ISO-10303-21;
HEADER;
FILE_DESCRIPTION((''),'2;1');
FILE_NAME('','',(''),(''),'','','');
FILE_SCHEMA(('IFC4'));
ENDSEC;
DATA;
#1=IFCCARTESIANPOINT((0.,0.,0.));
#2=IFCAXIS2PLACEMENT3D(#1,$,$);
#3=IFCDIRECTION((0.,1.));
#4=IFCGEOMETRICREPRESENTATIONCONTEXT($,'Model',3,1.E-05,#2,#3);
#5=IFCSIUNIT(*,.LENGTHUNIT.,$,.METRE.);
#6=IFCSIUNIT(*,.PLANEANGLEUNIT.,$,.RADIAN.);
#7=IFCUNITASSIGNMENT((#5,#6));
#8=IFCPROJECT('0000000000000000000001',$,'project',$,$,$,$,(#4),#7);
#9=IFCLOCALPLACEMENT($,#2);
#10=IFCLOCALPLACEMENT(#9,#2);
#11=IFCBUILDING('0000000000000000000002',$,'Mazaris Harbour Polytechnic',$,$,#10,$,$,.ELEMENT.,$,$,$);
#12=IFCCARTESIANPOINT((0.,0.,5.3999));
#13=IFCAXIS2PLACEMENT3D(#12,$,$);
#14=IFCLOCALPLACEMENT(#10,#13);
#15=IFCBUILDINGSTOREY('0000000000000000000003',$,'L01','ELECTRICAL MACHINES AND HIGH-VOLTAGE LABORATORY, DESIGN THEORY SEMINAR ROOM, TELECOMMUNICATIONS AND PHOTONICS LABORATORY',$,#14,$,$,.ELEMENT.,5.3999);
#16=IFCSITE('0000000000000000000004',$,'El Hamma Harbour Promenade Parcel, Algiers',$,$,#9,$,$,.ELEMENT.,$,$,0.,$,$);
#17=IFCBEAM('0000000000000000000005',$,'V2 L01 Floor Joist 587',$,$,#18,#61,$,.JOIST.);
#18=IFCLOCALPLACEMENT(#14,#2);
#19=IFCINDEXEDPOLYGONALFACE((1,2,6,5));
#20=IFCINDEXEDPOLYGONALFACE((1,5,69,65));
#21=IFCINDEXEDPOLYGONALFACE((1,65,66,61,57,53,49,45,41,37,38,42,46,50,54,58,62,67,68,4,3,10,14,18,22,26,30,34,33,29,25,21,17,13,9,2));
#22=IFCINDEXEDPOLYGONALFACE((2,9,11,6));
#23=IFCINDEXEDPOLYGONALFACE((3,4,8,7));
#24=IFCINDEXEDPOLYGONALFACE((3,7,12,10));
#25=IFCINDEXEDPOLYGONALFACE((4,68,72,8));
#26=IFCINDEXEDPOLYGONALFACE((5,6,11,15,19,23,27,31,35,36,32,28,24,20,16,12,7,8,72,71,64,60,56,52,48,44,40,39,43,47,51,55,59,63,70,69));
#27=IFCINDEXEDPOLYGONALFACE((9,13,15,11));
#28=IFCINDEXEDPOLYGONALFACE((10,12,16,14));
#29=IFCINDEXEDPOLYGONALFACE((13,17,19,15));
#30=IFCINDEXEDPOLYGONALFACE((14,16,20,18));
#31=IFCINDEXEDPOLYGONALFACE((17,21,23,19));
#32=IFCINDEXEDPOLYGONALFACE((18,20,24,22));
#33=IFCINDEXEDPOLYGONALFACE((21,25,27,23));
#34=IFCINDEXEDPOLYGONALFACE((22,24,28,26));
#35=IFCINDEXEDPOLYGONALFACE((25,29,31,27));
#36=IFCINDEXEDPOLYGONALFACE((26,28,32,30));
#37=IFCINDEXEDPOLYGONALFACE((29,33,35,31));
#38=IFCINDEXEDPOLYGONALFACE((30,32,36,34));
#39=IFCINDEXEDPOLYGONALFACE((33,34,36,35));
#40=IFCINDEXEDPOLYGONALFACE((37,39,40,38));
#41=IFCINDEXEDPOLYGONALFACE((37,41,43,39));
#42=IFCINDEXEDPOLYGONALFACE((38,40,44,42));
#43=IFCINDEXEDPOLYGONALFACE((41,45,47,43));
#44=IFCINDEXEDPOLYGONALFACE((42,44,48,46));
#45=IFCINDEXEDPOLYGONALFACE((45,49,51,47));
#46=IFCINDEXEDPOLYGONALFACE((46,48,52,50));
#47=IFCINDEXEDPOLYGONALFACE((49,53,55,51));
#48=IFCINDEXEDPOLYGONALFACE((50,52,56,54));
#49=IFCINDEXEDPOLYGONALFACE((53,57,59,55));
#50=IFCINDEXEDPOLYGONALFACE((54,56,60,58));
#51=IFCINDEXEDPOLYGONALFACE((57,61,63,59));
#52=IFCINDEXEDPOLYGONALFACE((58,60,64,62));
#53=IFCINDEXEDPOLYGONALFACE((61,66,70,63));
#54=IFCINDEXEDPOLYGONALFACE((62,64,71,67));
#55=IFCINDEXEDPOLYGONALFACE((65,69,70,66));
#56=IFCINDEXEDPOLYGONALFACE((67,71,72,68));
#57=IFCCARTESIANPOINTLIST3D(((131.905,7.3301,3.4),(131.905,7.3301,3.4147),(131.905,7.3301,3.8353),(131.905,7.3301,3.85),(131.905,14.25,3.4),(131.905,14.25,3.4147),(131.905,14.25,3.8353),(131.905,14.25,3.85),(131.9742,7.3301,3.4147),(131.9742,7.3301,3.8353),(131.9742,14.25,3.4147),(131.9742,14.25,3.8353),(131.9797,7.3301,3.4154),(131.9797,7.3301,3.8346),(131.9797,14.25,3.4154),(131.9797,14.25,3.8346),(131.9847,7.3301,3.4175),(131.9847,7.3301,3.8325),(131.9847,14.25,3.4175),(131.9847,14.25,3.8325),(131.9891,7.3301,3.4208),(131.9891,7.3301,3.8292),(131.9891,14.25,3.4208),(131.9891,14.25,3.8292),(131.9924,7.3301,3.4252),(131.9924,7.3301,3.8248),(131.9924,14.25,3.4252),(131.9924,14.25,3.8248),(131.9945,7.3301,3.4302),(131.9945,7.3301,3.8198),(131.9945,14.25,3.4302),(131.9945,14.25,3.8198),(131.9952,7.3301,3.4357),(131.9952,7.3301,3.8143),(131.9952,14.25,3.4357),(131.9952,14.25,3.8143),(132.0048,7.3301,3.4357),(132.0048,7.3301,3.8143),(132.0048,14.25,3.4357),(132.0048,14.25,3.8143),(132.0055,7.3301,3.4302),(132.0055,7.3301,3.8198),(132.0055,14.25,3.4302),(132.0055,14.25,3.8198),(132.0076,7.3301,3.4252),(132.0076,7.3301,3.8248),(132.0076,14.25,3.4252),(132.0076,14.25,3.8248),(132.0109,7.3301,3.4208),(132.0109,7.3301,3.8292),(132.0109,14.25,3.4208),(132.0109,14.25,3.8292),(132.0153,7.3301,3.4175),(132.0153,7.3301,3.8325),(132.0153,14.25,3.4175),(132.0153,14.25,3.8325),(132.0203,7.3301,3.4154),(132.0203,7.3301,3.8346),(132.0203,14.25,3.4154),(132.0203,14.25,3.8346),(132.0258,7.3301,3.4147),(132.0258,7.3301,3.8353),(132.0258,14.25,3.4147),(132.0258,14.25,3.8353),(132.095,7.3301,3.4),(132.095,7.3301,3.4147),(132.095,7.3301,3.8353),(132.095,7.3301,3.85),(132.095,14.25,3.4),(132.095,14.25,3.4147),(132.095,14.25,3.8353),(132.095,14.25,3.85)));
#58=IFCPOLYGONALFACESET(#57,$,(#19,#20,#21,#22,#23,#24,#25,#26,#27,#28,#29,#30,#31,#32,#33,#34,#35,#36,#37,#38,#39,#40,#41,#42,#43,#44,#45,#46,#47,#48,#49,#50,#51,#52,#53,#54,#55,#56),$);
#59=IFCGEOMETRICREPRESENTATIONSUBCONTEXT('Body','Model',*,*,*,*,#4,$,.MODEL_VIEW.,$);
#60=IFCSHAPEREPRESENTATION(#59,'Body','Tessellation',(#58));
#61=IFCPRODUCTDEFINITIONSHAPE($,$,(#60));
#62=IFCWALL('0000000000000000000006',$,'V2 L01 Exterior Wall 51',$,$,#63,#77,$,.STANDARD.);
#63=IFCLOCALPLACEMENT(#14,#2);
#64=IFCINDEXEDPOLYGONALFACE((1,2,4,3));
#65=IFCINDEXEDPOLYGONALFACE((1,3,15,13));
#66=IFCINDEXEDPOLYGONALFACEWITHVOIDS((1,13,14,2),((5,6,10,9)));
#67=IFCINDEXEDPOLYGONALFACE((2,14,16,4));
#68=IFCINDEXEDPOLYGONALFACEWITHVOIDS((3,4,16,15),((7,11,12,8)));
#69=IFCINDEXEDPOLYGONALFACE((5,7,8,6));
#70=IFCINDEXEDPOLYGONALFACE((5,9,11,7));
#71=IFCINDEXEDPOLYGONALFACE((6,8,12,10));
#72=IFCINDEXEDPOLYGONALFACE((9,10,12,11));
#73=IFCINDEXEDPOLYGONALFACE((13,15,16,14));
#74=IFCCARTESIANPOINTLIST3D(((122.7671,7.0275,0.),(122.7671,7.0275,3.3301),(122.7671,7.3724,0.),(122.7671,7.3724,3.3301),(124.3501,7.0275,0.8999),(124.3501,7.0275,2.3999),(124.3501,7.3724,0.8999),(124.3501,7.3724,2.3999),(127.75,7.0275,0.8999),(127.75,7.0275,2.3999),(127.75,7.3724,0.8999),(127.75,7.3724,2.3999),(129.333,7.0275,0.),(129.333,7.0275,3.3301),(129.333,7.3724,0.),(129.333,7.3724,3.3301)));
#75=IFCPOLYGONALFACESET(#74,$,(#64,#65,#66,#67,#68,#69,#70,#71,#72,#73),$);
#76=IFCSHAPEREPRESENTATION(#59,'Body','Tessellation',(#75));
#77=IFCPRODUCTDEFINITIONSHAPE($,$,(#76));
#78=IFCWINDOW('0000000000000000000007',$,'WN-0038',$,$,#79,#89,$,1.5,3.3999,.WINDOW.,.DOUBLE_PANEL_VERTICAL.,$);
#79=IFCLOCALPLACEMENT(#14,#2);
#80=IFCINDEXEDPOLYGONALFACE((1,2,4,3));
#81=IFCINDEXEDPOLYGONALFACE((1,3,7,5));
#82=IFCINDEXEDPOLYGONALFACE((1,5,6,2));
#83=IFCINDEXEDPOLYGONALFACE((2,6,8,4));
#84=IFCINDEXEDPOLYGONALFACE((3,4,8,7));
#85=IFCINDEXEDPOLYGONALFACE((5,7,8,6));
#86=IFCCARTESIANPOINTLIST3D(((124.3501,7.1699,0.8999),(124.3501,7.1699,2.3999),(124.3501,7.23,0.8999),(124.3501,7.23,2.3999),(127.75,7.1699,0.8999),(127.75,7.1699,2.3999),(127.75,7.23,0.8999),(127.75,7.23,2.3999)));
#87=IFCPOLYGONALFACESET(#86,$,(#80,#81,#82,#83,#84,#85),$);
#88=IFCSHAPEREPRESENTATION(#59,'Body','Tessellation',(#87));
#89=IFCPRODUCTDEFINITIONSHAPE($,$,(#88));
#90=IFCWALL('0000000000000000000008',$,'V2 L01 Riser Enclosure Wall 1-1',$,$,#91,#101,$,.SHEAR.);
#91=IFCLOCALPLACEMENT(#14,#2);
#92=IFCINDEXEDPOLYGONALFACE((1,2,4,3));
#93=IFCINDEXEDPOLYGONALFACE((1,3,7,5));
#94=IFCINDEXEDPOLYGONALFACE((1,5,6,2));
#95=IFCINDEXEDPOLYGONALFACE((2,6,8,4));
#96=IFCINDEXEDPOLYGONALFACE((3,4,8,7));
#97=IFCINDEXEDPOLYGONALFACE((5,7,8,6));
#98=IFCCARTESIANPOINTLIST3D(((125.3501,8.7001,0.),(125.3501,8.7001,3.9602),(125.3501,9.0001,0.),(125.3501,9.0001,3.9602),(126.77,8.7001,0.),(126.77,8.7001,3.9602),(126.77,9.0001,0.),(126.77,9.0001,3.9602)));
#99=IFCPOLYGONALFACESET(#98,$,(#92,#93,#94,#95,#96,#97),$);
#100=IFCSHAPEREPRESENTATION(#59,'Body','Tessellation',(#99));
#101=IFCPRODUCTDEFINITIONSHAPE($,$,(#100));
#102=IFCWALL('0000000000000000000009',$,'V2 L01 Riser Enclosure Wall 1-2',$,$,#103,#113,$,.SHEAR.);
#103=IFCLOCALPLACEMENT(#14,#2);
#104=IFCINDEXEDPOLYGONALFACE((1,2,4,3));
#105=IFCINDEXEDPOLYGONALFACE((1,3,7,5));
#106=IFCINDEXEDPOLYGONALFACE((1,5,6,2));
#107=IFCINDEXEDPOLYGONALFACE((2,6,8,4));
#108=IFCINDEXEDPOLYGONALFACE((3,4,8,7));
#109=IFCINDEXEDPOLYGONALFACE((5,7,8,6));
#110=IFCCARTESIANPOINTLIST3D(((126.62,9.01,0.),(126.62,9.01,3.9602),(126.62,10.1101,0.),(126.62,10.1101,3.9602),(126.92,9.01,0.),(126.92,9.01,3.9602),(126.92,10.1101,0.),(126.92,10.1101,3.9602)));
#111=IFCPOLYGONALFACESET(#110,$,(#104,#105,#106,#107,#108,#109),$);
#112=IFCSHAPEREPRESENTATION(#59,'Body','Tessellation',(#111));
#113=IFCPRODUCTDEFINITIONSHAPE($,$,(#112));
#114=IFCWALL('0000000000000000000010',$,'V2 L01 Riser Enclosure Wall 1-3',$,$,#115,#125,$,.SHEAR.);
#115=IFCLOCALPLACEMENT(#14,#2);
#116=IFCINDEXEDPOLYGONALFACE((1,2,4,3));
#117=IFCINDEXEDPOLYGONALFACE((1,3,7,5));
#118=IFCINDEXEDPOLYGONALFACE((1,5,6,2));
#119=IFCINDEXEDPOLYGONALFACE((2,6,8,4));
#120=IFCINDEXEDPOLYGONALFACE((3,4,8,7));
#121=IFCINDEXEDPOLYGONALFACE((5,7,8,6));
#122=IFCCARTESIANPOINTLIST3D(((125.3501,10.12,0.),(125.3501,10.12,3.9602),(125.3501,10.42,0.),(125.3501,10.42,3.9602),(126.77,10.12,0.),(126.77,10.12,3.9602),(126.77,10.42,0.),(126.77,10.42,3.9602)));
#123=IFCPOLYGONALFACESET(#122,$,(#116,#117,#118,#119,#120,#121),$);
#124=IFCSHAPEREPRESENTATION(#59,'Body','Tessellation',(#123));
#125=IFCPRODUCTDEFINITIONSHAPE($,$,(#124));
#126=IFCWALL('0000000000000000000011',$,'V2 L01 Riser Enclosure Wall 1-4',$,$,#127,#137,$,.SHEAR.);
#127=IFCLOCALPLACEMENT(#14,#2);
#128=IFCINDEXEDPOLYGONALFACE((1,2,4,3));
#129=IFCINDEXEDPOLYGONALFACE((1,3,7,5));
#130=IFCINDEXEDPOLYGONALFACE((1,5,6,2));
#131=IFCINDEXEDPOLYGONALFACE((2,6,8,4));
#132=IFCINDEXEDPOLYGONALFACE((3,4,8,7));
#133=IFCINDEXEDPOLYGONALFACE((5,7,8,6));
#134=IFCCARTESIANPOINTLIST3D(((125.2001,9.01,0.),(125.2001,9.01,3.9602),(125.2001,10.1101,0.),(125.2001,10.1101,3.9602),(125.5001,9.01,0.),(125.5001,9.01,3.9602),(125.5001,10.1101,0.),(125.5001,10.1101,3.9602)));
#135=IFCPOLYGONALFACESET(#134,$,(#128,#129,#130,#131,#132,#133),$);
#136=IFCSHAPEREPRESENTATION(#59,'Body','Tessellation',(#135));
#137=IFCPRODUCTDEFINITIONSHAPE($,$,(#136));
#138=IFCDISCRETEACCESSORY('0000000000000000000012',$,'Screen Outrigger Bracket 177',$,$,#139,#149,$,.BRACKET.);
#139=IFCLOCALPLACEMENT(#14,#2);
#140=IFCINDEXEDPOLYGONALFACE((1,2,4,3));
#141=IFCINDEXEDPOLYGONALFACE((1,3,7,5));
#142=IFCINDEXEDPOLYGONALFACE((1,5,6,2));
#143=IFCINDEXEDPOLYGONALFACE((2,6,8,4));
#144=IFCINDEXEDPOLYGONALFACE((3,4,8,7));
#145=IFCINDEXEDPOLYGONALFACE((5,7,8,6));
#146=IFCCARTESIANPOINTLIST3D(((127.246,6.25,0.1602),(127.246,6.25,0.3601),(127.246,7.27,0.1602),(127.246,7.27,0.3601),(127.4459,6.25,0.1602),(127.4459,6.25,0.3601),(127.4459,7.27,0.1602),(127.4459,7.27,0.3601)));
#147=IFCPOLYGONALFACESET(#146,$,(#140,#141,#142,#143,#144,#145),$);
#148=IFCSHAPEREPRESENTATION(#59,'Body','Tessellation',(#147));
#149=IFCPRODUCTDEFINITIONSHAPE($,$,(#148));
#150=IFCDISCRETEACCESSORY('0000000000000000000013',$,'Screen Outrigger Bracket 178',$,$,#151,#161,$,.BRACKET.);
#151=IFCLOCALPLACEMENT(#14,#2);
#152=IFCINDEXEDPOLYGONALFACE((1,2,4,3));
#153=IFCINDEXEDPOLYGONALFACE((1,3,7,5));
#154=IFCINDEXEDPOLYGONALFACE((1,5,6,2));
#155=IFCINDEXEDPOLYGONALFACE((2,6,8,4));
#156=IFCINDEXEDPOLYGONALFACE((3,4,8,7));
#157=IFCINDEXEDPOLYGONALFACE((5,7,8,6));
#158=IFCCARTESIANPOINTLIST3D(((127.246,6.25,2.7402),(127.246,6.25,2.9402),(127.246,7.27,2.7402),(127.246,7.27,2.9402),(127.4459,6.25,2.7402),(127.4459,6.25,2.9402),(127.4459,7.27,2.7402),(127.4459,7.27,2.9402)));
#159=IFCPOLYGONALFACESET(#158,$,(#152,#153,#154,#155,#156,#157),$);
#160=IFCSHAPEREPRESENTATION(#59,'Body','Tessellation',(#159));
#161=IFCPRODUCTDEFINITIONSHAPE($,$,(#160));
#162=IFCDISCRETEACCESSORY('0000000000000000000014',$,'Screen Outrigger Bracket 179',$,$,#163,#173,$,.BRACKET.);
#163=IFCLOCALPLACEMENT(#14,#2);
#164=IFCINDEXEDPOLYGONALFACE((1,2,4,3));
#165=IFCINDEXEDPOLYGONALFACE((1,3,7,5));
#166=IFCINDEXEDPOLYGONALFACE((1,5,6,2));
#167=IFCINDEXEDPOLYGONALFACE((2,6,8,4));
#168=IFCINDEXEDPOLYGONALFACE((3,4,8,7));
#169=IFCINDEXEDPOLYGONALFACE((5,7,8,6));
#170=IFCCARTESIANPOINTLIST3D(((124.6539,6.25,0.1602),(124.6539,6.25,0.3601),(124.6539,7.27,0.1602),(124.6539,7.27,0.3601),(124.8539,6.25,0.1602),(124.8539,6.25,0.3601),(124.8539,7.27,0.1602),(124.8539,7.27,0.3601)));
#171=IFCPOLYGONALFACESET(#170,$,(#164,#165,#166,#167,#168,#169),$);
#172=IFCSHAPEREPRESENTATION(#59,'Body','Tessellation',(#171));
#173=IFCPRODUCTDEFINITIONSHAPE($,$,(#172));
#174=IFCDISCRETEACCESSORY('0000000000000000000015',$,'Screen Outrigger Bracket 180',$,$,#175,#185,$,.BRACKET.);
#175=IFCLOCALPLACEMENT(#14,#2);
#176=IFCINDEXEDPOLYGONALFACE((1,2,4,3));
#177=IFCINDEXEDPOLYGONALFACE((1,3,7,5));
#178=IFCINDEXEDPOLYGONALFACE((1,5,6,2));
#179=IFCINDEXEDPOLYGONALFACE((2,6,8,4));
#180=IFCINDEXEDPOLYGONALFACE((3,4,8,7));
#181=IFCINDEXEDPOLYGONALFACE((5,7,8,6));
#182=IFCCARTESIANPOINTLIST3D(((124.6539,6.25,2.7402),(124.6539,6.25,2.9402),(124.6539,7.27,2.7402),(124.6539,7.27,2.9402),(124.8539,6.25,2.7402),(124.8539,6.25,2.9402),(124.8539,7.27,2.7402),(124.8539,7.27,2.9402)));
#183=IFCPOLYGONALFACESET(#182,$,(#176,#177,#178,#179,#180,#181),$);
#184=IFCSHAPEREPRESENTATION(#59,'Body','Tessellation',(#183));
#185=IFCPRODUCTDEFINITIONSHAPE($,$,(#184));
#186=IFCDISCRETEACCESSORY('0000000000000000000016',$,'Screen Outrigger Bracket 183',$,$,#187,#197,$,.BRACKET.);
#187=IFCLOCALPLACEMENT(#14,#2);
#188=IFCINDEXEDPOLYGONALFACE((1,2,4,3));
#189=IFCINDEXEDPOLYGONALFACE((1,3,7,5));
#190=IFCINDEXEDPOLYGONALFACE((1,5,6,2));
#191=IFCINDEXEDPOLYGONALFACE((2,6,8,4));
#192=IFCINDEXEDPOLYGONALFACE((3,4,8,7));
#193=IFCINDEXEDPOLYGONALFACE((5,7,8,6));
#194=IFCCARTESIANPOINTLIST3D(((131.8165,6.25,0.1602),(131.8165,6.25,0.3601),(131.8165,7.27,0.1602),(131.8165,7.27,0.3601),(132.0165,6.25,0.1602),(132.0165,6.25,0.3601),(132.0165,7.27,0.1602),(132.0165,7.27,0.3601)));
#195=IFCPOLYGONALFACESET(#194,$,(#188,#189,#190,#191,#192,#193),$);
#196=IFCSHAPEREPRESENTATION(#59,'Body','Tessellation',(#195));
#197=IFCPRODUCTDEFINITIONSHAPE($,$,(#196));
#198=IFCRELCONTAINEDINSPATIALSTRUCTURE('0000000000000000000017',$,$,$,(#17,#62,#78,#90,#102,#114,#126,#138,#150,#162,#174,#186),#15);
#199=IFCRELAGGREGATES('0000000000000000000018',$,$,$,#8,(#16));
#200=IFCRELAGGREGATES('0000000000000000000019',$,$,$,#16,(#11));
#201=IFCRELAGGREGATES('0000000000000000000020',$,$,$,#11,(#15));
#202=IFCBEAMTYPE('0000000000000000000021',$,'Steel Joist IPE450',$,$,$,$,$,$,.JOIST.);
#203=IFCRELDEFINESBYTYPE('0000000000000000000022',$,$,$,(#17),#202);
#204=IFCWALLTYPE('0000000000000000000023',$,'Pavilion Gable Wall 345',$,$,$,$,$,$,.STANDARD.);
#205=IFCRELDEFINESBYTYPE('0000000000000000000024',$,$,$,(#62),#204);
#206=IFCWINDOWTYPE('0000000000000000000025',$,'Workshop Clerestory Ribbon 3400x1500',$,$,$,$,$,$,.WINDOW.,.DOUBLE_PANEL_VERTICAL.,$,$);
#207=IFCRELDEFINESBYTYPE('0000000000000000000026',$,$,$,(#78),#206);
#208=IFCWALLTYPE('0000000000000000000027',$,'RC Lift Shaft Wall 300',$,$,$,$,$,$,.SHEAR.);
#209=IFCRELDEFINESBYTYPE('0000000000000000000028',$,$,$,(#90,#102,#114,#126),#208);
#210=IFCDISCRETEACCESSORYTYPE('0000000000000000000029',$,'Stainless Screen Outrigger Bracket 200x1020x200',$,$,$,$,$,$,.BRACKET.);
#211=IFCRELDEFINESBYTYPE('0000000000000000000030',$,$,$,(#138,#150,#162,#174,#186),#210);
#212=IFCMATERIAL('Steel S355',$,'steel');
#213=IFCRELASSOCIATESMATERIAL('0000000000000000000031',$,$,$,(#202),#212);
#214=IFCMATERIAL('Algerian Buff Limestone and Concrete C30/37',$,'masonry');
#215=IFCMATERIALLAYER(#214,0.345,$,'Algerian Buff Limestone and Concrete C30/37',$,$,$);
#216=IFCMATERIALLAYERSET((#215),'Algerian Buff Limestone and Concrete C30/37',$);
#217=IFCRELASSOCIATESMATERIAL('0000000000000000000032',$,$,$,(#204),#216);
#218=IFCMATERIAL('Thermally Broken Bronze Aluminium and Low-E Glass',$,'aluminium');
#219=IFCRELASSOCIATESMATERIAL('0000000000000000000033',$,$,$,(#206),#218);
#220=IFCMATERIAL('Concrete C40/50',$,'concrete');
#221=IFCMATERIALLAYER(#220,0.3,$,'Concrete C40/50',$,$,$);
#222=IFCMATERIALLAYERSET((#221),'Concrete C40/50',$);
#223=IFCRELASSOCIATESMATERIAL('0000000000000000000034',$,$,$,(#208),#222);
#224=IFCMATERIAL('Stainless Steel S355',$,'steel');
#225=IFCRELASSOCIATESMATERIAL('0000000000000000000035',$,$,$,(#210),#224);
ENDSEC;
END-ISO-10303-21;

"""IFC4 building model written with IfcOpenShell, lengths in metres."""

from ifc_helpers import new_model, si_unit, direction, frame, frame_2d, origin, origin_2d, place, context, subcontext, project, spatial, rectangle, i_section, extrude, material, layer, layer_set, material_profile, profile_set, type_object, element, fill, save


model = new_model("IFC4")

# Units and contexts
model_context = context("Model", 3, precision=1e-05, world=origin(), true_north=direction((0.0, 1.0)))
body_context = subcontext(model_context, "Body", "Model", "MODEL_VIEW")
ifc_project = project(units=[si_unit("LENGTHUNIT", "METRE"), si_unit("PLANEANGLEUNIT", "RADIAN")], contexts=[model_context])

# Site, building, storey
site_placement = place(None, origin())
site = spatial("IfcSite", under=ifc_project, at=site_placement, Name="El Hamma Harbour Promenade Parcel, Algiers", CompositionType="ELEMENT", RefElevation=0.0)
building_placement = place(site_placement, origin())
building = spatial("IfcBuilding", under=site, at=building_placement, Name="Mazaris Harbour Polytechnic", CompositionType="ELEMENT")
storey_placement = place(building_placement, frame((0.0, 0.0, 5.3999)))
storey = spatial("IfcBuildingStorey", under=building, at=storey_placement, Name="L01", Description="ELECTRICAL MACHINES AND HIGH-VOLTAGE LABORATORY, DESIGN THEORY SEMINAR ROOM, TELECOMMUNICATIONS AND PHOTONICS LABORATORY", CompositionType="ELEMENT", Elevation=5.3999)

# Beam
ifc_material_1 = material(Name="Steel S355", Category="steel")
ifc_material_profile_1 = material_profile(ifc_material_1, i_section(OverallWidth=0.1899, OverallDepth=0.45, WebThickness=0.0095, FlangeThickness=0.0146, FilletRadius=0.021, at=origin_2d()), Name="IPE 450")
ifc_profile_set_1 = profile_set([ifc_material_profile_1], Name="Steel S355")
beam_type_1 = type_object("IfcBeamType", Name="Steel Joist IPE450", PredefinedType="JOIST", material=ifc_profile_set_1)
beam_1_placement = place(storey_placement, frame((132.0, 7.3301, 3.625), z_axis=(0.0, 1.0, 0.0), x_axis=(-1.0, 0.0, 0.0)))
element("IfcBeam", 1, at=beam_1_placement, inside=storey, type_object=beam_type_1, Name="V2 L01 Floor Joist 587", PredefinedType="JOIST", context=body_context, shape_type="SweptSolid", body=[
    extrude(i_section(OverallWidth=0.1899, OverallDepth=0.45, WebThickness=0.0095, FlangeThickness=0.0146, FilletRadius=0.021, at=origin_2d()), origin(), (0.0, 0.0, 1.0), 6.9199),
])

# Wall, opening, window
ifc_material_2 = material(Name="Algerian Buff Limestone and Concrete C30/37", Category="masonry")
ifc_layer_1 = layer(ifc_material_2, 0.345, Name="Algerian Buff Limestone and Concrete C30/37")
ifc_layer_set_1 = layer_set([ifc_layer_1], Name="Algerian Buff Limestone and Concrete C30/37")
wall_type_1 = type_object("IfcWallType", Name="Pavilion Gable Wall 345", PredefinedType="STANDARD", material=ifc_layer_set_1)
wall_1_placement = place(storey_placement, frame((129.333, 7.2, 0.0), z_axis=(0.0, 0.0, 1.0), x_axis=(-1.0, 0.0, 0.0)))
wall_1 = element("IfcWall", 2, at=wall_1_placement, inside=storey, type_object=wall_type_1, Name="V2 L01 Exterior Wall 51", PredefinedType="STANDARD", context=body_context, shape_type="SweptSolid", body=[
    extrude(rectangle(XDim=6.5659, YDim=0.345, at=frame_2d((3.283, 0.0))), origin(), (0.0, 0.0, 1.0), 3.3301),
])
opening_placement = place(wall_1_placement, frame((1.583, 0.0, 0.8999)))
opening = element("IfcOpeningElement", 3, at=opening_placement, cuts=wall_1, PredefinedType="OPENING", context=body_context, shape_type="SweptSolid", body=[
    extrude(rectangle(XDim=3.3999, YDim=1.5, at=frame_2d((1.7, 0.75))), frame((0.0, 0.1824, 0.0), z_axis=(0.0, -1.0, 0.0), x_axis=(1.0, 0.0, 0.0)), (0.0, 0.0, 1.0), 0.365),
])
ifc_material_3 = material(Name="Thermally Broken Bronze Aluminium and Low-E Glass", Category="aluminium")
window_type = type_object("IfcWindowType", Name="Workshop Clerestory Ribbon 3400x1500", PartitioningType="DOUBLE_PANEL_VERTICAL", PredefinedType="WINDOW", material=ifc_material_3)
window_placement = place(opening_placement, origin())
window = element("IfcWindow", 4, at=window_placement, inside=storey, type_object=window_type, Name="WN-0038", OverallHeight=1.5, OverallWidth=3.3999, PartitioningType="DOUBLE_PANEL_VERTICAL", PredefinedType="WINDOW", context=body_context, shape_type="SweptSolid", body=[
    extrude(rectangle(XDim=3.3999, YDim=1.5, at=frame_2d((1.7, 0.75))), frame((0.0, 0.03, 0.0), z_axis=(0.0, -1.0, 0.0), x_axis=(1.0, 0.0, 0.0)), (0.0, 0.0, 1.0), 0.0601),
])
fill(opening, window)

# Walls
ifc_material_4 = material(Name="Concrete C40/50", Category="concrete")
ifc_layer_2 = layer(ifc_material_4, 0.3, Name="Concrete C40/50")
ifc_layer_set_2 = layer_set([ifc_layer_2], Name="Concrete C40/50")
wall_type_2 = type_object("IfcWallType", Name="RC Lift Shaft Wall 300", PredefinedType="SHEAR", material=ifc_layer_set_2)
wall_2_placement = place(storey_placement, frame((125.3501, 8.8501, 0.0), z_axis=(0.0, 0.0, 1.0), x_axis=(1.0, 0.0, 0.0)))
element("IfcWall", 5, at=wall_2_placement, inside=storey, type_object=wall_type_2, Name="V2 L01 Riser Enclosure Wall 1-1", PredefinedType="SHEAR", context=body_context, shape_type="SweptSolid", body=[
    extrude(rectangle(XDim=1.4199, YDim=0.3, at=frame_2d((0.71, 0.0))), origin(), (0.0, 0.0, 1.0), 3.9602),
])
wall_3_placement = place(storey_placement, frame((126.77, 9.01, 0.0), z_axis=(0.0, 0.0, 1.0), x_axis=(0.0, 1.0, 0.0)))
element("IfcWall", 6, at=wall_3_placement, inside=storey, type_object=wall_type_2, Name="V2 L01 Riser Enclosure Wall 1-2", PredefinedType="SHEAR", context=body_context, shape_type="SweptSolid", body=[
    extrude(rectangle(XDim=1.1001, YDim=0.3, at=frame_2d((0.55, 0.0))), origin(), (0.0, 0.0, 1.0), 3.9602),
])
wall_4_placement = place(storey_placement, frame((126.77, 10.27, 0.0), z_axis=(0.0, 0.0, 1.0), x_axis=(-1.0, 0.0, 0.0)))
element("IfcWall", 7, at=wall_4_placement, inside=storey, type_object=wall_type_2, Name="V2 L01 Riser Enclosure Wall 1-3", PredefinedType="SHEAR", context=body_context, shape_type="SweptSolid", body=[
    extrude(rectangle(XDim=1.4199, YDim=0.3, at=frame_2d((0.71, 0.0))), origin(), (0.0, 0.0, 1.0), 3.9602),
])
wall_5_placement = place(storey_placement, frame((125.3501, 10.1101, 0.0), z_axis=(0.0, 0.0, 1.0), x_axis=(0.0, -1.0, 0.0)))
element("IfcWall", 8, at=wall_5_placement, inside=storey, type_object=wall_type_2, Name="V2 L01 Riser Enclosure Wall 1-4", PredefinedType="SHEAR", context=body_context, shape_type="SweptSolid", body=[
    extrude(rectangle(XDim=1.1001, YDim=0.3, at=frame_2d((0.55, 0.0))), origin(), (0.0, 0.0, 1.0), 3.9602),
])

# Discrete accessories
ifc_material_5 = material(Name="Stainless Steel S355", Category="steel")
discrete_accessory_type = type_object("IfcDiscreteAccessoryType", Name="Stainless Screen Outrigger Bracket 200x1020x200", PredefinedType="BRACKET", material=ifc_material_5)
for number, where, z_axis, x_axis, name in (
    (9, (127.3459, 6.76, 0.1602), (0.0, 0.0, 1.0), (-1.0, 0.0, 0.0), "Screen Outrigger Bracket 177"),
    (10, (127.3459, 6.76, 2.7402), (0.0, 0.0, 1.0), (-1.0, 0.0, 0.0), "Screen Outrigger Bracket 178"),
    (11, (124.7539, 6.76, 0.1602), (0.0, 0.0, 1.0), (-1.0, 0.0, 0.0), "Screen Outrigger Bracket 179"),
    (12, (124.7539, 6.76, 2.7402), (0.0, 0.0, 1.0), (-1.0, 0.0, 0.0), "Screen Outrigger Bracket 180"),
    (13, (131.9165, 6.76, 0.1602), (0.0, 0.0, 1.0), (-1.0, 0.0, 0.0), "Screen Outrigger Bracket 183"),
):
    element("IfcDiscreteAccessory", number, at=place(storey_placement, frame(where, z_axis=z_axis, x_axis=x_axis)), inside=storey, type_object=discrete_accessory_type, Name=name, PredefinedType="BRACKET", context=body_context, shape_type="SweptSolid", body=[
        extrude(rectangle(XDim=0.2, YDim=1.02, at=origin_2d()), origin(), (0.0, 0.0, 1.0), 0.2),
    ])

save(model, "model.ifc")
